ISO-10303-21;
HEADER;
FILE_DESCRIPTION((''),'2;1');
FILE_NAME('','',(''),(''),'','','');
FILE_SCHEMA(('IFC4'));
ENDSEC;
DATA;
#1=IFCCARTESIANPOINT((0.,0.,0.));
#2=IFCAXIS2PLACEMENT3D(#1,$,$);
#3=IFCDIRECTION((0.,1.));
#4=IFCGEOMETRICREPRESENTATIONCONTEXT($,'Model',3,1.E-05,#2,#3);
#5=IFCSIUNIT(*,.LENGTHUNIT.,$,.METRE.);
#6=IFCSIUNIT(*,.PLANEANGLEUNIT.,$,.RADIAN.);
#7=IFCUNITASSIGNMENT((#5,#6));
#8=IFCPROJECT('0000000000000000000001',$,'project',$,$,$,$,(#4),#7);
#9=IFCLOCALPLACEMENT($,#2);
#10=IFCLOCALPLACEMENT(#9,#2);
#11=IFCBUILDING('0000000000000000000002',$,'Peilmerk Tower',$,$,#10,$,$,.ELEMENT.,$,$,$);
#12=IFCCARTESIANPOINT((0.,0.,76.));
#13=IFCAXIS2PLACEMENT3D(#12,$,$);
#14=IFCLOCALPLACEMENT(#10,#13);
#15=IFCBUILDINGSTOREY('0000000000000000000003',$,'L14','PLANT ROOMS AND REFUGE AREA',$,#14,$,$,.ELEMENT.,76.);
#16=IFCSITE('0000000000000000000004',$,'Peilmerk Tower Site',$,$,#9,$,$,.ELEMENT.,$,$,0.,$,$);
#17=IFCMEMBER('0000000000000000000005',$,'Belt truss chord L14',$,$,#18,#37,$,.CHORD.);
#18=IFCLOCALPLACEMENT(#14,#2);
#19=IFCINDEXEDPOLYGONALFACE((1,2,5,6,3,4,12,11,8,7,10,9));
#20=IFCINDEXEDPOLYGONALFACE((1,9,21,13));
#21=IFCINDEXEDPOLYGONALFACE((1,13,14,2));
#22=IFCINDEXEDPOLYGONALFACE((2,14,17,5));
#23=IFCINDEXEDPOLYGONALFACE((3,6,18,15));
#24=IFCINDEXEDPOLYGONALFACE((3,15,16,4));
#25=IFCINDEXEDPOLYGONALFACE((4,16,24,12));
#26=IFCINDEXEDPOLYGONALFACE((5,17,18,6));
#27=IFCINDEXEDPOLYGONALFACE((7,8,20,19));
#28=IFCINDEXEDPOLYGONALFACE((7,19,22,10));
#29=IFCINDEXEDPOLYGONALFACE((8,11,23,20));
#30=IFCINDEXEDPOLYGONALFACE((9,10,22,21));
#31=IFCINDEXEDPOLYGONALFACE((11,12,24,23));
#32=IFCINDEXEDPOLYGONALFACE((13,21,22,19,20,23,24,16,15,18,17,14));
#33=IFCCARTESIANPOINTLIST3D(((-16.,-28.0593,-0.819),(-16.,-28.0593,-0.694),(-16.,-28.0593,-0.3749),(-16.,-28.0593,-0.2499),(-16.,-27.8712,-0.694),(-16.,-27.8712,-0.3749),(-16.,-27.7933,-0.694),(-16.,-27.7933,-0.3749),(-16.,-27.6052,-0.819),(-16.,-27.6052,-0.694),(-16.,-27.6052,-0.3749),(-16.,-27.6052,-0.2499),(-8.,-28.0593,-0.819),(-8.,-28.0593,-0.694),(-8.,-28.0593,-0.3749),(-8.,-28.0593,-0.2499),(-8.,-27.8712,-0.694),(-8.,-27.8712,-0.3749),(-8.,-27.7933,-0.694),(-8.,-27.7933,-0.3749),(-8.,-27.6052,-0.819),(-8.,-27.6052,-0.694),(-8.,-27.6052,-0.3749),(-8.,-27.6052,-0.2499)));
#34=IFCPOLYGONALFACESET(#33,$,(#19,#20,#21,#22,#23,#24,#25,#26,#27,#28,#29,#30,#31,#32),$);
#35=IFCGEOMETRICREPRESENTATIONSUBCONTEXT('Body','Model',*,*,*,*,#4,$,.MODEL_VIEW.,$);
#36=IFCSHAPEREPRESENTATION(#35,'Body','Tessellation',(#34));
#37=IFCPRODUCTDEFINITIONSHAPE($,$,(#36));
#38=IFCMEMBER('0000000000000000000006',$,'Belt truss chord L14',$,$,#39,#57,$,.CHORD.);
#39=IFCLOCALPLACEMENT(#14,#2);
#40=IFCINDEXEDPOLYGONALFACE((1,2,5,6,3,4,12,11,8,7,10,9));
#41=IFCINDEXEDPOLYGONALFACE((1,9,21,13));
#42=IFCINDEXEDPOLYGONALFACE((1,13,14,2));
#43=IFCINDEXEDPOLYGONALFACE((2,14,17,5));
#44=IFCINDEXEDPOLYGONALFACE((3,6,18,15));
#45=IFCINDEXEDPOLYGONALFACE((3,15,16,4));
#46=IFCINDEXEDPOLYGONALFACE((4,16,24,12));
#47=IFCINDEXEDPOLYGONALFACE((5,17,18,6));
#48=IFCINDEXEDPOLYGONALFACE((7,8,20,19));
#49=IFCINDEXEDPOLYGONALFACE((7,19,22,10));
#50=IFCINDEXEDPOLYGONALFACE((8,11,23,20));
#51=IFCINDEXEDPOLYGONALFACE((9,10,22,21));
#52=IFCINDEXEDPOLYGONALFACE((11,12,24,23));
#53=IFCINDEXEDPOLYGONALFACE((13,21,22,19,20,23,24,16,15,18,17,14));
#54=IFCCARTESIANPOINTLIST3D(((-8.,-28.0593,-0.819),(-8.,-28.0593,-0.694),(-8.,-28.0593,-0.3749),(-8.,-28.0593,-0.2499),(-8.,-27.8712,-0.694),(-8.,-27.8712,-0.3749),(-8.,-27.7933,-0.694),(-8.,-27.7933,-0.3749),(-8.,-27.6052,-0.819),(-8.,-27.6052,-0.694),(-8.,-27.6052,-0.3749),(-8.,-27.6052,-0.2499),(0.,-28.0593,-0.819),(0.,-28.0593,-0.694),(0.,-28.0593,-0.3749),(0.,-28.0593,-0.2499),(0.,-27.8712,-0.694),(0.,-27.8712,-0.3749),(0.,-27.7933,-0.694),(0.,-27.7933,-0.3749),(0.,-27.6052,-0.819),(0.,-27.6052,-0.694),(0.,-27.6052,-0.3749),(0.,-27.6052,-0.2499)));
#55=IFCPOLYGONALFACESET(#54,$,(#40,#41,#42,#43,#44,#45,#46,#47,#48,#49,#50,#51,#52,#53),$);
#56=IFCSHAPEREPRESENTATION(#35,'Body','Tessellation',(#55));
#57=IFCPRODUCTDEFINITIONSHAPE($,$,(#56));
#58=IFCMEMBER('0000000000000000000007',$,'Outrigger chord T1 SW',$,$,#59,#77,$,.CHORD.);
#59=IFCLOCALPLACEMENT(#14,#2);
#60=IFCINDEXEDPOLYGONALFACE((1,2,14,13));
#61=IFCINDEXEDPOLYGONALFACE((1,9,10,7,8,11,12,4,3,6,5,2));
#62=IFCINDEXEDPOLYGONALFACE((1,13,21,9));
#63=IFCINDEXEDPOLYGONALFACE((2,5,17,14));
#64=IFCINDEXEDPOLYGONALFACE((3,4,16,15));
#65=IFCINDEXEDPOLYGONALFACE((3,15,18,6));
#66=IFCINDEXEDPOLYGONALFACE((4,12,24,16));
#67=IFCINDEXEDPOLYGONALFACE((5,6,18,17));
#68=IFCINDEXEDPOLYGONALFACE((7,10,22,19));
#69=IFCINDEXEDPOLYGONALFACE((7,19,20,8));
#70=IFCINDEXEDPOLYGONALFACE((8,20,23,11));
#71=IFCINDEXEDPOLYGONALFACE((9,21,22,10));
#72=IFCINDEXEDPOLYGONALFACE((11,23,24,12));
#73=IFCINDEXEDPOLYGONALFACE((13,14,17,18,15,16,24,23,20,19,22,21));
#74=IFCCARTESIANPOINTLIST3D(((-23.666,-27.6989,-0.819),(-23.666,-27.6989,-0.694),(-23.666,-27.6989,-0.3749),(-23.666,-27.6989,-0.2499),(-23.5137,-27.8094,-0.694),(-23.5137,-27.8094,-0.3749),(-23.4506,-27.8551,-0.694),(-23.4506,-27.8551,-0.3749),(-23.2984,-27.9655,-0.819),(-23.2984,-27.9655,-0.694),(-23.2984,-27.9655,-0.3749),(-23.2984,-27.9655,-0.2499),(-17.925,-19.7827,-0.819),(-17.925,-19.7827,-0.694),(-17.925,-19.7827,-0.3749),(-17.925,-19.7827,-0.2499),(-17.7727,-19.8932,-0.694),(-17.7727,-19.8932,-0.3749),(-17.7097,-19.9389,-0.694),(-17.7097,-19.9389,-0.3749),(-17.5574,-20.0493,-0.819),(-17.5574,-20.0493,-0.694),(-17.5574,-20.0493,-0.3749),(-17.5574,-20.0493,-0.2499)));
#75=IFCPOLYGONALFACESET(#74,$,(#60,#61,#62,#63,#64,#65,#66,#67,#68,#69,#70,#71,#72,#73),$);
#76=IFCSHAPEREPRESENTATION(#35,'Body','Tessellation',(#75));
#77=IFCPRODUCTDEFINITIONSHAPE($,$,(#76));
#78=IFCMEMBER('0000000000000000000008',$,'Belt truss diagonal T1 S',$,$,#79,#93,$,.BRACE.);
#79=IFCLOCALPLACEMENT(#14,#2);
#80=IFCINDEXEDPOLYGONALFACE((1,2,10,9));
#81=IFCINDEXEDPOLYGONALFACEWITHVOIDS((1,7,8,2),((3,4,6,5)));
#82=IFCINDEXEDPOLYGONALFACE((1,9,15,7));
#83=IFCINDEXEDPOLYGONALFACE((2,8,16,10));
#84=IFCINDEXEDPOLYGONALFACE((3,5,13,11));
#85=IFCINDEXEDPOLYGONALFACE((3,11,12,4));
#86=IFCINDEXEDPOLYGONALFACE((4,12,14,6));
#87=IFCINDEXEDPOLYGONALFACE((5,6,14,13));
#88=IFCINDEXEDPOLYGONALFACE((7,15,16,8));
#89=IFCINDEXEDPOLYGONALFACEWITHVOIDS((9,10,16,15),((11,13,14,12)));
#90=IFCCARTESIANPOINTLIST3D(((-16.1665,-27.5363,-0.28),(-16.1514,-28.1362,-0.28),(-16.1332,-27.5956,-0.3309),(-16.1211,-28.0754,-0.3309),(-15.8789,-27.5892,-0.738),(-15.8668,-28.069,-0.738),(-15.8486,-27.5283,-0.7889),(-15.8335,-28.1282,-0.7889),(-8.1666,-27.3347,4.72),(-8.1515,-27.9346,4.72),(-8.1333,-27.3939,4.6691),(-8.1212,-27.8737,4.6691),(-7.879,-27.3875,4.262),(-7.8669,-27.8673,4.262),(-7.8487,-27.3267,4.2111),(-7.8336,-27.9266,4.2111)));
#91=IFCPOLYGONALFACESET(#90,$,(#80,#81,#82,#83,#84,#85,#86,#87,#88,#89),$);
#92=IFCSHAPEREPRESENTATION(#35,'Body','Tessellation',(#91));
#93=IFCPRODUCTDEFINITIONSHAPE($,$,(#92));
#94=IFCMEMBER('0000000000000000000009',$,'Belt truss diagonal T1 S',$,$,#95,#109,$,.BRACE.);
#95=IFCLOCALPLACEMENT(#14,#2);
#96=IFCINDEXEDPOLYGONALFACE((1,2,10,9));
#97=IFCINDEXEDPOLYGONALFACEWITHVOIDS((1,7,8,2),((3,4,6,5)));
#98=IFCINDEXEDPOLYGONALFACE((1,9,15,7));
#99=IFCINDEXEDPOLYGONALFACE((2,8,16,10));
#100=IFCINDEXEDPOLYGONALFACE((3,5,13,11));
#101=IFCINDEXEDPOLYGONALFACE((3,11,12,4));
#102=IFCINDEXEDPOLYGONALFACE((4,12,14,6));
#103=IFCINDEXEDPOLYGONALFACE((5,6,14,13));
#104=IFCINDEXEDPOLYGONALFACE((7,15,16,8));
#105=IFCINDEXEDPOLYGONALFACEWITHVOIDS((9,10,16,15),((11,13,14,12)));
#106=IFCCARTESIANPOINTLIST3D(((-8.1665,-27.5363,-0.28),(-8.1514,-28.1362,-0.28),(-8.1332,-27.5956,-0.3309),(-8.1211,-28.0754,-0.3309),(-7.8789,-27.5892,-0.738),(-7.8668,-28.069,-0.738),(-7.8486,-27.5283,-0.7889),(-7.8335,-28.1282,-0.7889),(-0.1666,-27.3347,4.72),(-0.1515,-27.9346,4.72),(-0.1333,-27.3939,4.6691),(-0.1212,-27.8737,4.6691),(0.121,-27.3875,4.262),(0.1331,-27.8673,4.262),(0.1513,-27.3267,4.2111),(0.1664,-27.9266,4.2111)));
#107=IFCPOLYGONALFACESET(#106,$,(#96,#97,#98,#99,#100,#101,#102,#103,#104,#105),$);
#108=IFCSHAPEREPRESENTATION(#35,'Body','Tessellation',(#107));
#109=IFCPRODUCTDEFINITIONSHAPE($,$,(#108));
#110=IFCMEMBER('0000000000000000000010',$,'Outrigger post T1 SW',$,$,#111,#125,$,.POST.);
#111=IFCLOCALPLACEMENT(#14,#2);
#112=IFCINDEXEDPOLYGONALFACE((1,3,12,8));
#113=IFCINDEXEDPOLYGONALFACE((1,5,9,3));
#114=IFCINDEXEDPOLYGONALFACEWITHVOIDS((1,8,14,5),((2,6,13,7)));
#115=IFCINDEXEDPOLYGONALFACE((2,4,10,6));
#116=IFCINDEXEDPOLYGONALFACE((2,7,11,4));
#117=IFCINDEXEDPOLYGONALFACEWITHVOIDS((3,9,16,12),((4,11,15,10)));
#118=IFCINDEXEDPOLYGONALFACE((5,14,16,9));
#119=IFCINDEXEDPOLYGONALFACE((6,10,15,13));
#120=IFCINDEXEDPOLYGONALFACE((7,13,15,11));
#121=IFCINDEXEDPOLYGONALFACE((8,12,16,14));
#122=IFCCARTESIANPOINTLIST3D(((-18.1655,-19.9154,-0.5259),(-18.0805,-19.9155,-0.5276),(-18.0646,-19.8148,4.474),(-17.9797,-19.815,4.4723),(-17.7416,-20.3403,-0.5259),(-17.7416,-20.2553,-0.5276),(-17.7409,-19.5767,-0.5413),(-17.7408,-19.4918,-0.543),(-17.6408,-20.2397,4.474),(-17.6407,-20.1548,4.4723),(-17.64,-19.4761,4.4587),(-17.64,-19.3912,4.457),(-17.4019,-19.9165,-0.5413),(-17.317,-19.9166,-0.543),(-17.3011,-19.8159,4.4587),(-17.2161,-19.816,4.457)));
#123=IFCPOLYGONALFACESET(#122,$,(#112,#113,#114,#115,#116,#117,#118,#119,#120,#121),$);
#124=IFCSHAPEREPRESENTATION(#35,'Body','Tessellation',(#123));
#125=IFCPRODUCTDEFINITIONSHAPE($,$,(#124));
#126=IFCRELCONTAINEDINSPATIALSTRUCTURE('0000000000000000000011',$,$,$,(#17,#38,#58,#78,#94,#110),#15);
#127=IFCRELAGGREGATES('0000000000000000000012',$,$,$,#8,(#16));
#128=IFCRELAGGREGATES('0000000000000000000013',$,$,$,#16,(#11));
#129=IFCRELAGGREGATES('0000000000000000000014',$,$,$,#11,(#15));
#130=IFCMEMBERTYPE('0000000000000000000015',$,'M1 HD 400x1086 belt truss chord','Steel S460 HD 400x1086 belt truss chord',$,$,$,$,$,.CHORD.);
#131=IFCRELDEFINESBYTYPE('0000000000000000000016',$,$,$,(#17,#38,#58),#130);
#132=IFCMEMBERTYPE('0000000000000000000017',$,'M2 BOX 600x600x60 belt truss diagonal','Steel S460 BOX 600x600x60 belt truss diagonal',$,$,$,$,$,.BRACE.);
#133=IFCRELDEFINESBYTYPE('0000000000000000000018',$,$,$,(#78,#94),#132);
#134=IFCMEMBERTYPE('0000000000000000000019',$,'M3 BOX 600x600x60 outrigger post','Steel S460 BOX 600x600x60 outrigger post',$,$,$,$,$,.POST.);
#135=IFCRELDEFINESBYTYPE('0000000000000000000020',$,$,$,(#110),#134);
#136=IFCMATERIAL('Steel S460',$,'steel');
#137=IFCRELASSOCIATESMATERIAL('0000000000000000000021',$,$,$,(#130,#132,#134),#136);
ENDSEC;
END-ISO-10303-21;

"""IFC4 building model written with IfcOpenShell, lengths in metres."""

from ifc_helpers import new_model, si_unit, direction, frame, origin, origin_2d, place, context, subcontext, project, spatial, hollow_rectangle, i_section, extrude, material, material_profile, profile_set, type_object, element, save


model = new_model("IFC4")

# Units and contexts
model_context = context("Model", 3, precision=1e-05, world=origin(), true_north=direction((0.0, 1.0)))
body_context = subcontext(model_context, "Body", "Model", "MODEL_VIEW")
ifc_project = project(units=[si_unit("LENGTHUNIT", "METRE"), si_unit("PLANEANGLEUNIT", "RADIAN")], contexts=[model_context])

# Site, building, storey
site_placement = place(None, origin())
site = spatial("IfcSite", under=ifc_project, at=site_placement, Name="Peilmerk Tower Site", CompositionType="ELEMENT", RefElevation=0.0)
building_placement = place(site_placement, origin())
building = spatial("IfcBuilding", under=site, at=building_placement, Name="Peilmerk Tower", CompositionType="ELEMENT")
storey_placement = place(building_placement, frame((0.0, 0.0, 76.0)))
storey = spatial("IfcBuildingStorey", under=building, at=storey_placement, Name="L14", Description="PLANT ROOMS AND REFUGE AREA", CompositionType="ELEMENT", Elevation=76.0)

# Shared definitions
ifc_material_1 = material(Name="Steel S460", Category="steel")

# Members
ifc_material_profile_1 = material_profile(ifc_material_1, i_section(OverallWidth=0.4541, OverallDepth=0.5691, WebThickness=0.0779, FlangeThickness=0.125, at=origin_2d()), Name="HD 400x1086")
ifc_profile_set_1 = profile_set([ifc_material_profile_1], Name="Steel S460")
member_type_1 = type_object("IfcMemberType", Name="M1 HD 400x1086 belt truss chord", Description="Steel S460 HD 400x1086 belt truss chord", PredefinedType="CHORD", material=ifc_profile_set_1)
for number, where, z_axis, x_axis, name in (
    (1, (-16.0, -27.8323, -0.5344), (1.0, 0.0, 0.0), (0.0, 1.0, 0.0), "Belt truss chord L14"),
    (2, (-8.0, -27.8323, -0.5344), (1.0, 0.0, 0.0), (0.0, 1.0, 0.0), "Belt truss chord L14"),
):
    element("IfcMember", number, at=place(storey_placement, frame(where, z_axis=z_axis, x_axis=x_axis)), inside=storey, type_object=member_type_1, Name=name, PredefinedType="CHORD", context=body_context, shape_type="SweptSolid", body=[
        extrude(i_section(OverallWidth=0.4541, OverallDepth=0.5691, WebThickness=0.0779, FlangeThickness=0.125, at=origin_2d()), origin(), (0.0, 0.0, 1.0), 8.0),
    ])
member_1_placement = place(storey_placement, frame((-17.7412, -19.916, -0.5344), z_axis=(-0.58708, -0.809529, 0.0), x_axis=(0.809529, -0.58708, 0.0)))
element("IfcMember", 3, at=member_1_placement, inside=storey, type_object=member_type_1, Name="Outrigger chord T1 SW", PredefinedType="CHORD", context=body_context, shape_type="SweptSolid", body=[
    extrude(i_section(OverallWidth=0.4541, OverallDepth=0.5691, WebThickness=0.0779, FlangeThickness=0.125, at=origin_2d()), origin(), (0.0, 0.0, 1.0), 9.7788),
])
ifc_material_profile_2 = material_profile(ifc_material_1, hollow_rectangle(XDim=0.6001, YDim=0.6001, WallThickness=0.0601, at=origin_2d()), Name="BOX 600x600x60")
ifc_profile_set_2 = profile_set([ifc_material_profile_2], Name="Steel S460")
member_type_2 = type_object("IfcMemberType", Name="M2 BOX 600x600x60 belt truss diagonal", Description="Steel S460 BOX 600x600x60 belt truss diagonal", PredefinedType="BRACE", material=ifc_profile_set_2)
for number, where, z_axis, x_axis, name in (
    (4, (-16.0, -27.8323, -0.5344), (0.847805, 0.021371, 0.529878), (-0.0252, 0.999682, 0.0), "Belt truss diagonal T1 S"),
    (5, (-8.0, -27.8323, -0.5344), (0.847805, 0.021371, 0.529878), (-0.0252, 0.999682, 0.0), "Belt truss diagonal T1 S"),
):
    element("IfcMember", number, at=place(storey_placement, frame(where, z_axis=z_axis, x_axis=x_axis)), inside=storey, type_object=member_type_2, Name=name, PredefinedType="BRACE", context=body_context, shape_type="SweptSolid", body=[
        extrude(hollow_rectangle(XDim=0.6001, YDim=0.6001, WallThickness=0.0601, at=origin_2d()), origin(), (0.0, 0.0, 1.0), 9.436),
    ])
ifc_material_profile_3 = material_profile(ifc_material_1, hollow_rectangle(XDim=0.6001, YDim=0.6001, WallThickness=0.0601, at=origin_2d()), Name="BOX 600x600x60")
ifc_profile_set_3 = profile_set([ifc_material_profile_3], Name="Steel S460")
member_type_3 = type_object("IfcMemberType", Name="M3 BOX 600x600x60 outrigger post", Description="Steel S460 BOX 600x600x60 outrigger post", PredefinedType="POST", material=ifc_profile_set_3)
member_2_placement = place(storey_placement, frame((-17.7412, -19.916, -0.5344), z_axis=(0.020158, 0.020109, 0.999595), x_axis=(-0.706249, 0.707963, 0.0)))
element("IfcMember", 6, at=member_2_placement, inside=storey, type_object=member_type_3, Name="Outrigger post T1 SW", PredefinedType="POST", context=body_context, shape_type="SweptSolid", body=[
    extrude(hollow_rectangle(XDim=0.6001, YDim=0.6001, WallThickness=0.0601, at=origin_2d()), origin(), (0.0, 0.0, 1.0), 5.002),
])

save(model, "model.ifc")
